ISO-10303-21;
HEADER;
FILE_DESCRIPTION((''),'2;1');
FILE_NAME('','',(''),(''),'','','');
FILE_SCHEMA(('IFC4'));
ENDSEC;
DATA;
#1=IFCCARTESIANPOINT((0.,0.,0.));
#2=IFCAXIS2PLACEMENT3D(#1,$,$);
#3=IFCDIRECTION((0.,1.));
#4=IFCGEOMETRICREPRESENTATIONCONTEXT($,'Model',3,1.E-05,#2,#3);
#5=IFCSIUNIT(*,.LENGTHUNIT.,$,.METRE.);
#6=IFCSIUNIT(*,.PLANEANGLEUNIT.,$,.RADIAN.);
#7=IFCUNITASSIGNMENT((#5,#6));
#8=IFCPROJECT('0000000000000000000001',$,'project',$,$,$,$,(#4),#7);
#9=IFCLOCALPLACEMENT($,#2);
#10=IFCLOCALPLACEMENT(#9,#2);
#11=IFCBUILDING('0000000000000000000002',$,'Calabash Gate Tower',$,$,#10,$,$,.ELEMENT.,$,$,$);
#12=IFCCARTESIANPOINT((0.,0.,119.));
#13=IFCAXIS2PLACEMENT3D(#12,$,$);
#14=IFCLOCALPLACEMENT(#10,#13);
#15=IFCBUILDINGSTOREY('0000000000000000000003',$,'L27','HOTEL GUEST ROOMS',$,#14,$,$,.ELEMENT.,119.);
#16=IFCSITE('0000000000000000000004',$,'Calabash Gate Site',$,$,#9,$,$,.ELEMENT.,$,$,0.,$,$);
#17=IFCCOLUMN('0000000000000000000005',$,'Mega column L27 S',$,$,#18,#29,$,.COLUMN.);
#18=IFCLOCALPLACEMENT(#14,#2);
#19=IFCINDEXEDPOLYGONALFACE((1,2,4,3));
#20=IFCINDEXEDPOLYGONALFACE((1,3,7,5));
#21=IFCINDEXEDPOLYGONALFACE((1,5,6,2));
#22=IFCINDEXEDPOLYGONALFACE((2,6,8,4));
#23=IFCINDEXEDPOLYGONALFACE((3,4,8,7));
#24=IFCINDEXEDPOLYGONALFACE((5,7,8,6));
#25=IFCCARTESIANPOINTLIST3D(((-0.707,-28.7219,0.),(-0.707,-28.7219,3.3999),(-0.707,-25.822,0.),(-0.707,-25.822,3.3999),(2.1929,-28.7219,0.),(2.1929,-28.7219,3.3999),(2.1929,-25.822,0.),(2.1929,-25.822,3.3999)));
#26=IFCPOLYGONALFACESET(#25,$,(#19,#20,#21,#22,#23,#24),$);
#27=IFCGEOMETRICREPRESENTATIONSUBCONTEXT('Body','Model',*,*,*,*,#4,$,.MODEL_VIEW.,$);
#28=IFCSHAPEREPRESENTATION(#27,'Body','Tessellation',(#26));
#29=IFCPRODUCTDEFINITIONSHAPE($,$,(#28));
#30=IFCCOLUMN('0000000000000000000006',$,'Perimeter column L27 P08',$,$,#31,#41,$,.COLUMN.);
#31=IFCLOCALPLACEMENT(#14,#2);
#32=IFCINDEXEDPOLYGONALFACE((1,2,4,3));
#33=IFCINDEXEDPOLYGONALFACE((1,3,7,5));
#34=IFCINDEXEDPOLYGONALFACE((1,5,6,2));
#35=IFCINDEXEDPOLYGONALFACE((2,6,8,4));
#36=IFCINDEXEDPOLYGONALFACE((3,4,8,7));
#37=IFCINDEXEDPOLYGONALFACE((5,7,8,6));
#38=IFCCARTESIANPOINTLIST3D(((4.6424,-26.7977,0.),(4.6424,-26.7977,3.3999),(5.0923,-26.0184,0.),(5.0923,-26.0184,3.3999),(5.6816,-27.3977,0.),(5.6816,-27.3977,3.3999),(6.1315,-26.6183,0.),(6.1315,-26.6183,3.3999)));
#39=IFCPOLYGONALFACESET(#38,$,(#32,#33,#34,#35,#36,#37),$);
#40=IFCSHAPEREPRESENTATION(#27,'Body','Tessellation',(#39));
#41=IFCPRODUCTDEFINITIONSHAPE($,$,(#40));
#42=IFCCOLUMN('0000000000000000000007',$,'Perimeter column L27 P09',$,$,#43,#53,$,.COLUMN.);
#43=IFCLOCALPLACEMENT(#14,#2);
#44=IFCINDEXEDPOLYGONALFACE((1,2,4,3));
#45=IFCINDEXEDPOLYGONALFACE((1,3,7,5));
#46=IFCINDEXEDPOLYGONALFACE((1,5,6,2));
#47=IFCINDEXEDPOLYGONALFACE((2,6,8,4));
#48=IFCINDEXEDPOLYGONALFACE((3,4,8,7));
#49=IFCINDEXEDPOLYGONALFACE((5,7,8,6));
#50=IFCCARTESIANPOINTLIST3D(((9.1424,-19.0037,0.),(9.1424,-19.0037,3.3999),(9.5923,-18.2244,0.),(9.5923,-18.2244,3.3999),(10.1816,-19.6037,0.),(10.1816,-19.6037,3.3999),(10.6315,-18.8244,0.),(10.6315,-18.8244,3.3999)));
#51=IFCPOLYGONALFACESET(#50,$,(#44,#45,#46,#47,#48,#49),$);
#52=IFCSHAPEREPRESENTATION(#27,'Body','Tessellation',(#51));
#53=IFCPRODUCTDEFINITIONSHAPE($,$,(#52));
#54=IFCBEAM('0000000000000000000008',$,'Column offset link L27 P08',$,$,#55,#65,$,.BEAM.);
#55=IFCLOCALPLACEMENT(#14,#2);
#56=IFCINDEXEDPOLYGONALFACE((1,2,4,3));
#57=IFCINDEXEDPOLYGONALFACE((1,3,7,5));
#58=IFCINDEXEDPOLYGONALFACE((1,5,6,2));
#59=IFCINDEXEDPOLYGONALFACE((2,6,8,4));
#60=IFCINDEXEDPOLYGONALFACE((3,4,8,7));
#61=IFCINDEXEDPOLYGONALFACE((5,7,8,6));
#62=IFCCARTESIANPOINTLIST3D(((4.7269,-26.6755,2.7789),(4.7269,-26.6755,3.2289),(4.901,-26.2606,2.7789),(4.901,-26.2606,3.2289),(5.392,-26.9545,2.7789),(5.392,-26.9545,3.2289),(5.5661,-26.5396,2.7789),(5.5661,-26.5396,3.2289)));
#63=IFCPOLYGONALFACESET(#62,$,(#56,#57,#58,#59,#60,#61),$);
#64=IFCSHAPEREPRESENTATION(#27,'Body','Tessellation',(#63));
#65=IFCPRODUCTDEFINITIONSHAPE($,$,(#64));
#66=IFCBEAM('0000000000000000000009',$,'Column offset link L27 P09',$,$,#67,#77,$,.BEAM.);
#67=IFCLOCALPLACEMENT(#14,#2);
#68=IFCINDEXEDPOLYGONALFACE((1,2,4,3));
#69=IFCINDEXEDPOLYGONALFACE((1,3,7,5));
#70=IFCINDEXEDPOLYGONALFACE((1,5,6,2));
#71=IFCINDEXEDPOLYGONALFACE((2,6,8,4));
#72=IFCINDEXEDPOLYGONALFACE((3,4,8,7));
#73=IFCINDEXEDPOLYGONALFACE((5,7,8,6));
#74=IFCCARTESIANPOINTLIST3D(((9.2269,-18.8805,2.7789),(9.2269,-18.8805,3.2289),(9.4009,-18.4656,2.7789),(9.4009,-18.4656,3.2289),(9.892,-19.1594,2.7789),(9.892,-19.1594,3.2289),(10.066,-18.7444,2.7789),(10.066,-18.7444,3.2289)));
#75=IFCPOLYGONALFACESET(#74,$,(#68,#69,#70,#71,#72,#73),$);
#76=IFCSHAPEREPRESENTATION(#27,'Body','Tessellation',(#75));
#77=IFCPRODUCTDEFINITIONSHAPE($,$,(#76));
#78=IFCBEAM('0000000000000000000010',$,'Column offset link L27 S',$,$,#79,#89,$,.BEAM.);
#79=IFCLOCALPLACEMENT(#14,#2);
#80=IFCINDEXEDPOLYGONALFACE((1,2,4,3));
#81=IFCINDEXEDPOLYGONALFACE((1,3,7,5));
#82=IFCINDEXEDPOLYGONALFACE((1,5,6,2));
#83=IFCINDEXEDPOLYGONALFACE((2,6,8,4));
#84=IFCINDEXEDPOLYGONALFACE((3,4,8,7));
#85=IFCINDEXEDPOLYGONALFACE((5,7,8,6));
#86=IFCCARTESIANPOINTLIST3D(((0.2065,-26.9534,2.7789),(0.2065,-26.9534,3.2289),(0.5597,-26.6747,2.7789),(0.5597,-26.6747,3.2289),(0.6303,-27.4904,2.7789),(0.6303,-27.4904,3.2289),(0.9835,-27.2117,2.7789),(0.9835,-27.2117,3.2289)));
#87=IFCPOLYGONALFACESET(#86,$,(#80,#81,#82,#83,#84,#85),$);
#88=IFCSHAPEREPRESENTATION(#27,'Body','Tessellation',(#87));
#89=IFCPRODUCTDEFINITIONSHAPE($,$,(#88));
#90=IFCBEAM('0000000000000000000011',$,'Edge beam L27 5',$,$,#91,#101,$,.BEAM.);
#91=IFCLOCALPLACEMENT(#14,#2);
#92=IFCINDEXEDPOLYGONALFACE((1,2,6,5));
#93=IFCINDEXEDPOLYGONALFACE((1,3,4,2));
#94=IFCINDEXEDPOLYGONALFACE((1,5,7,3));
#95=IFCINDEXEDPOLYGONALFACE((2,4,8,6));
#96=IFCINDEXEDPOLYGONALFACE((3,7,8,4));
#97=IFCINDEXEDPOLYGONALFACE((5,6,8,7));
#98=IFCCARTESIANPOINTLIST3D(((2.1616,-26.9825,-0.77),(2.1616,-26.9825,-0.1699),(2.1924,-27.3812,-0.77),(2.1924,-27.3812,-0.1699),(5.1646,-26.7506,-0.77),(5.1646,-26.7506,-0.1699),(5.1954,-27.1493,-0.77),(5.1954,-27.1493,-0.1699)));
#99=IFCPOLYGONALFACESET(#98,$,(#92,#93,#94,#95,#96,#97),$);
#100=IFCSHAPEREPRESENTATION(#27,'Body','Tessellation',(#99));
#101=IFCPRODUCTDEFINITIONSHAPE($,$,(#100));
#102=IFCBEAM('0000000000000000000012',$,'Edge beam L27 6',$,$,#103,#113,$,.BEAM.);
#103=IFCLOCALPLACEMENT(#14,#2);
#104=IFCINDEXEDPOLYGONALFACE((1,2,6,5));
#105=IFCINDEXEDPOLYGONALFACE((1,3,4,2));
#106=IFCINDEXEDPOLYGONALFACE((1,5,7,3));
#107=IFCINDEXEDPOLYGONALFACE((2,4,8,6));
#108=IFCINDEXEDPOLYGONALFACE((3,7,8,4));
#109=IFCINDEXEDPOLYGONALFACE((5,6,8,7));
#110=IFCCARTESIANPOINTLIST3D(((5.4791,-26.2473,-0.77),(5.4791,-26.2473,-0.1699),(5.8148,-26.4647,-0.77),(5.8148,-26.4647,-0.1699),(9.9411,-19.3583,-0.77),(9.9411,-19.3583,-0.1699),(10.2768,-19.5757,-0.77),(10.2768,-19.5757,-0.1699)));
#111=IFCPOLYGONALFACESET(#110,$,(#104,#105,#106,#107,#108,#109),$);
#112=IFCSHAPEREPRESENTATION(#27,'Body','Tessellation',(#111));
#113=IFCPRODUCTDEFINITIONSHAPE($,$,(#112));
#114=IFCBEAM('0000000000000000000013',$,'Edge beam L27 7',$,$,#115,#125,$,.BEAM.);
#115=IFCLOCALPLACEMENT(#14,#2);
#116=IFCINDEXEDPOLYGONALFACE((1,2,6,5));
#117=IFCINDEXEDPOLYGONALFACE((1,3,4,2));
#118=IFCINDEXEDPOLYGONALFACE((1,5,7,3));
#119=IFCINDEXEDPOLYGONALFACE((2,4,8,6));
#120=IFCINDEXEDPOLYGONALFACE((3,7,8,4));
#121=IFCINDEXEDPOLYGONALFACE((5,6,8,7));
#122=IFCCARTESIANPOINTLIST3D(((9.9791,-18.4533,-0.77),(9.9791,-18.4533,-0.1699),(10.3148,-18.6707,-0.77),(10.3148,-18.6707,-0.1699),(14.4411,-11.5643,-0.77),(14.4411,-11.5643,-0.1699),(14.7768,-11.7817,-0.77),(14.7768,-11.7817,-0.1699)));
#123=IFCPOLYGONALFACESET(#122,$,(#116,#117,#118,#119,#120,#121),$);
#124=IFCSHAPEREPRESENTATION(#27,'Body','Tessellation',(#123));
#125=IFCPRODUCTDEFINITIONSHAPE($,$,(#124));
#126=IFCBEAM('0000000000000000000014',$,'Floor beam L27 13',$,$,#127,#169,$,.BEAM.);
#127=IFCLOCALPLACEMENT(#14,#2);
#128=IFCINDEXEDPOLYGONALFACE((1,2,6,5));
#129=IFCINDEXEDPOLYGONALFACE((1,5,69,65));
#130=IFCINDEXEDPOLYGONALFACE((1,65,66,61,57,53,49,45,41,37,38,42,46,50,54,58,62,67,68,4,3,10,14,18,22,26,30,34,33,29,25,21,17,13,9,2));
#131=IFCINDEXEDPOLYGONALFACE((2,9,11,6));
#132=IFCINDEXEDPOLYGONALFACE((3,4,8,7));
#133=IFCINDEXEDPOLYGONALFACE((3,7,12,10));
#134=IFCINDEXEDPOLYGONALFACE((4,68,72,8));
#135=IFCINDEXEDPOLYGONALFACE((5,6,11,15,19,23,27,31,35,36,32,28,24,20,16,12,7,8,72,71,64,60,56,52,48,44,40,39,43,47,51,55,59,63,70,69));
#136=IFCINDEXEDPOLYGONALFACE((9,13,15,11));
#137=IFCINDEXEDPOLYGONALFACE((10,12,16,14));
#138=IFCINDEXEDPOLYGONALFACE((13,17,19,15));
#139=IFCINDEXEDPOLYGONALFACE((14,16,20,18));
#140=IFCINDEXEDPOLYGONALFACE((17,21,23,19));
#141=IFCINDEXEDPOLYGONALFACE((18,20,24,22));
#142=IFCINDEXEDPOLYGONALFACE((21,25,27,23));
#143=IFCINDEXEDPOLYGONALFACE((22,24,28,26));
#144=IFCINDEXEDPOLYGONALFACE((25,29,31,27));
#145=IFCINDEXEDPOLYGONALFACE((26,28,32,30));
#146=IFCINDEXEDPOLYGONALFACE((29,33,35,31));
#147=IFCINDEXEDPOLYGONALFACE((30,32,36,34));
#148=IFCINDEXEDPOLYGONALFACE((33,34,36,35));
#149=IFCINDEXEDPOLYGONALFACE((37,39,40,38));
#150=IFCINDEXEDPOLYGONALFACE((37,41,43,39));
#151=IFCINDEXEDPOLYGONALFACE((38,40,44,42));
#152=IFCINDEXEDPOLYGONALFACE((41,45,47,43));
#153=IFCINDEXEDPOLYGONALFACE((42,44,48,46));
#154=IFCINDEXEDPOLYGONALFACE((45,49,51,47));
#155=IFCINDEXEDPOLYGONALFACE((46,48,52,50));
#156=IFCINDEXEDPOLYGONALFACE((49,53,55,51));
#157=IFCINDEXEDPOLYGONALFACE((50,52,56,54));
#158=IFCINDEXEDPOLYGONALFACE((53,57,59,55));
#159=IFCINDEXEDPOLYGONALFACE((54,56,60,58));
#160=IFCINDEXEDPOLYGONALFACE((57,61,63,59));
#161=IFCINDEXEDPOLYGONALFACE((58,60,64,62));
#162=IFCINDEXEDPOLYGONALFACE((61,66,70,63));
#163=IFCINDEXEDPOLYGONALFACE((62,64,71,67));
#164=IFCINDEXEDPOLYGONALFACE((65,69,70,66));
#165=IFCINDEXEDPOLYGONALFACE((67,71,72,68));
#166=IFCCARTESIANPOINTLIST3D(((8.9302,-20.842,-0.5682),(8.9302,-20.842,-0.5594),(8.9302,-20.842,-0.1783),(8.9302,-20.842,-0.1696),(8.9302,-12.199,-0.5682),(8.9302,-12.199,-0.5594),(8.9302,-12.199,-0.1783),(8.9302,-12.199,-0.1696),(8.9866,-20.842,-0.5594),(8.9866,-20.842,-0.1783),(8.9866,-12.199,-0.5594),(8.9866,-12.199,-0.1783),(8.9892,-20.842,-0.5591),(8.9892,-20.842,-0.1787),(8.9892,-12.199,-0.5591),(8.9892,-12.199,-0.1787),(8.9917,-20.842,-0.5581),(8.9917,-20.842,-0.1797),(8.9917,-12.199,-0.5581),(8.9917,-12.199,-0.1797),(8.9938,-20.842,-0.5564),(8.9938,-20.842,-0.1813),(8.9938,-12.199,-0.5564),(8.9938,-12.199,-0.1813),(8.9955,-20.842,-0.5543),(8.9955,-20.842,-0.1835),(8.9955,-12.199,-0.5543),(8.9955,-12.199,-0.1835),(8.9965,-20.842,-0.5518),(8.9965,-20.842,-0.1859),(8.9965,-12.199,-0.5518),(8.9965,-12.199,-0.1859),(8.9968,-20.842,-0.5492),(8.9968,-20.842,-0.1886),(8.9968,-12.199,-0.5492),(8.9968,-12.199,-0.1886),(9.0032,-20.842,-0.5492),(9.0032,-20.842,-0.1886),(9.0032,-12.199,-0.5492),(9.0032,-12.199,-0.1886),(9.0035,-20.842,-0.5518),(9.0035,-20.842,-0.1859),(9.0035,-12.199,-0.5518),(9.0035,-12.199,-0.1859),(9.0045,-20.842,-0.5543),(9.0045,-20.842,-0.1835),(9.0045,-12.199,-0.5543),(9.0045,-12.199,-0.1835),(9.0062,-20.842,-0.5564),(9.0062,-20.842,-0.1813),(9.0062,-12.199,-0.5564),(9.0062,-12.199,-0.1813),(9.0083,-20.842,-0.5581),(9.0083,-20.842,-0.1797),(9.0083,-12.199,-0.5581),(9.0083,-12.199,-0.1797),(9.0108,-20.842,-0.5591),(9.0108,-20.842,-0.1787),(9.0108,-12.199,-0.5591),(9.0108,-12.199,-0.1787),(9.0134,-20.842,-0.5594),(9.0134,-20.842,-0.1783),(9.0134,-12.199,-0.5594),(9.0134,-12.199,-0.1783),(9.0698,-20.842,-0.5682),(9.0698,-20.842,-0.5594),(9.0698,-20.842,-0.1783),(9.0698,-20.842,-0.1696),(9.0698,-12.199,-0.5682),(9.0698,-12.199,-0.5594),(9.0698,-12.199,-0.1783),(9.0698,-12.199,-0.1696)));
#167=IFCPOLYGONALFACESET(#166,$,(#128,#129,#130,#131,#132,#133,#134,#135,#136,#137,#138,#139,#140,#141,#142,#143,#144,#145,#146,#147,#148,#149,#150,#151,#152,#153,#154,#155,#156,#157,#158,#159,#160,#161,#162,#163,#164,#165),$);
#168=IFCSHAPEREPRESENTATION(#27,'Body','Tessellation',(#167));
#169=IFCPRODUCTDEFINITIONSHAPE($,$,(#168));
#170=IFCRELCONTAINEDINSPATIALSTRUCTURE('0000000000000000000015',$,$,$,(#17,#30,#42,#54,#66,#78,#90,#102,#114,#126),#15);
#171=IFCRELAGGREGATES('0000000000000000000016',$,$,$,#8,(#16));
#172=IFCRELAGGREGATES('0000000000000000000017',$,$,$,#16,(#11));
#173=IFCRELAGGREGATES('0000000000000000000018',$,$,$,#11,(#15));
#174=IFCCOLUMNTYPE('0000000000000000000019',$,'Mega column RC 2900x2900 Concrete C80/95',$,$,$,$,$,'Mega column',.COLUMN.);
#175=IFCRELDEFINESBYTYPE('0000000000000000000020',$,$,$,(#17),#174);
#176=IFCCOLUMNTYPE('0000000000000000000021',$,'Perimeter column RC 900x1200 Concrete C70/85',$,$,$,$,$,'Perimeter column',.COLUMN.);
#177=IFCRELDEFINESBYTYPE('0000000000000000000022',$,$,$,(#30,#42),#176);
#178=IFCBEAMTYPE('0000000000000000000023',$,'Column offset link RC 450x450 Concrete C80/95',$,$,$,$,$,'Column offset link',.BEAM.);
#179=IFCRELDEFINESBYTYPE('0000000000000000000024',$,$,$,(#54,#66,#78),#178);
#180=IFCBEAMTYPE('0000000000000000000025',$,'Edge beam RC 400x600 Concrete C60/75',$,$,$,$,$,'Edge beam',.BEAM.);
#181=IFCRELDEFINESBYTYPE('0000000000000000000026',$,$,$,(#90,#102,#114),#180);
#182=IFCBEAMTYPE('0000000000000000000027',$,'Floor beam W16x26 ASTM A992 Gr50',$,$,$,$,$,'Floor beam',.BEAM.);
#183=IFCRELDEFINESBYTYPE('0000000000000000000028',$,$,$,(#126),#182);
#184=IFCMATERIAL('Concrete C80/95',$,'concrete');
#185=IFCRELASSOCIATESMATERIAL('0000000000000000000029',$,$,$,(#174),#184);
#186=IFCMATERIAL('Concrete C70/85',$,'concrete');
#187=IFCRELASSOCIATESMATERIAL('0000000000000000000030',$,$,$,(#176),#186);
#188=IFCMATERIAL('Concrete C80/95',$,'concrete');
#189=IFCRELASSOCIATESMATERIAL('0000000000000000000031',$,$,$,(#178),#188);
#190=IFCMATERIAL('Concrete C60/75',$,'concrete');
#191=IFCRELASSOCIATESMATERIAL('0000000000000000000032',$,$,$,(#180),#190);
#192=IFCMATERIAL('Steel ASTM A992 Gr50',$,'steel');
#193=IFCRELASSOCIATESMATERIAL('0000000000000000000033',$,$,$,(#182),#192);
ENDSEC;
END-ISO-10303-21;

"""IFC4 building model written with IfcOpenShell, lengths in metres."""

from ifc_helpers import new_model, si_unit, direction, frame, origin, origin_2d, place, context, subcontext, project, spatial, rectangle, i_section, extrude, material, material_profile, profile_set, type_object, element, save


model = new_model("IFC4")

# Units and contexts
model_context = context("Model", 3, precision=1e-05, world=origin(), true_north=direction((0.0, 1.0)))
body_context = subcontext(model_context, "Body", "Model", "MODEL_VIEW")
ifc_project = project(units=[si_unit("LENGTHUNIT", "METRE"), si_unit("PLANEANGLEUNIT", "RADIAN")], contexts=[model_context])

# Site, building, storey
site_placement = place(None, origin())
site = spatial("IfcSite", under=ifc_project, at=site_placement, Name="Calabash Gate Site", CompositionType="ELEMENT", RefElevation=0.0)
building_placement = place(site_placement, origin())
building = spatial("IfcBuilding", under=site, at=building_placement, Name="Calabash Gate Tower", CompositionType="ELEMENT")
storey_placement = place(building_placement, frame((0.0, 0.0, 119.0)))
storey = spatial("IfcBuildingStorey", under=building, at=storey_placement, Name="L27", Description="HOTEL GUEST ROOMS", CompositionType="ELEMENT", Elevation=119.0)

# Columns
ifc_material_1 = material(Name="Concrete C80/95", Category="concrete")
ifc_material_profile_1 = material_profile(ifc_material_1, rectangle(XDim=2.8999, YDim=2.8999, at=origin_2d()))
ifc_profile_set_1 = profile_set([ifc_material_profile_1], Name="Concrete C80/95")
column_type_1 = type_object("IfcColumnType", Name="Mega column RC 2900x2900 Concrete C80/95", ElementType="Mega column", PredefinedType="COLUMN", material=ifc_profile_set_1)
column_placement = place(storey_placement, frame((0.7429, -27.272, 0.0), z_axis=(0.0, 0.0, 1.0), x_axis=(0.0, 1.0, 0.0)))
element("IfcColumn", 1, at=column_placement, inside=storey, type_object=column_type_1, Name="Mega column L27 S", PredefinedType="COLUMN", context=body_context, shape_type="SweptSolid", body=[
    extrude(rectangle(XDim=2.8999, YDim=2.8999, at=origin_2d()), origin(), (0.0, 0.0, 1.0), 3.3999),
])
ifc_material_2 = material(Name="Concrete C70/85", Category="concrete")
ifc_material_profile_2 = material_profile(ifc_material_2, rectangle(XDim=0.8999, YDim=1.2, at=origin_2d()))
ifc_profile_set_2 = profile_set([ifc_material_profile_2], Name="Concrete C70/85")
column_type_2 = type_object("IfcColumnType", Name="Perimeter column RC 900x1200 Concrete C70/85", ElementType="Perimeter column", PredefinedType="COLUMN", material=ifc_profile_set_2)
for number, where, z_axis, x_axis, name in (
    (2, (5.387, -26.708, 0.0), (0.0, 0.0, 1.0), (0.5, 0.866025, 0.0), "Perimeter column L27 P08"),
    (3, (9.887, -18.9141, 0.0), (0.0, 0.0, 1.0), (0.5, 0.866025, 0.0), "Perimeter column L27 P09"),
):
    element("IfcColumn", number, at=place(storey_placement, frame(where, z_axis=z_axis, x_axis=x_axis)), inside=storey, type_object=column_type_2, Name=name, PredefinedType="COLUMN", context=body_context, shape_type="SweptSolid", body=[
        extrude(rectangle(XDim=0.8999, YDim=1.2, at=origin_2d()), origin(), (0.0, 0.0, 1.0), 3.3999),
    ])

# Beams
ifc_material_3 = material(Name="Concrete C80/95", Category="concrete")
ifc_material_profile_3 = material_profile(ifc_material_3, rectangle(XDim=0.45, YDim=0.45, at=origin_2d()))
ifc_profile_set_3 = profile_set([ifc_material_profile_3], Name="Concrete C80/95")
beam_type_1 = type_object("IfcBeamType", Name="Column offset link RC 450x450 Concrete C80/95", ElementType="Column offset link", PredefinedType="BEAM", material=ifc_profile_set_3)
for number, where, z_axis, x_axis, name in (
    (4, (5.479, -26.7471, 3.0039), (-0.922113, 0.386922, 0.0), (-0.386922, -0.922113, 0.0), "Column offset link L27 P08"),
    (5, (9.979, -18.9519, 3.0039), (-0.922233, 0.386634, 0.0), (-0.386634, -0.922233, 0.0), "Column offset link L27 P09"),
):
    element("IfcBeam", number, at=place(storey_placement, frame(where, z_axis=z_axis, x_axis=x_axis)), inside=storey, type_object=beam_type_1, Name=name, PredefinedType="BEAM", context=body_context, shape_type="SweptSolid", body=[
        extrude(rectangle(XDim=0.45, YDim=0.45, at=origin_2d()), origin(), (0.0, 0.0, 1.0), 0.7212),
    ])
beam_1_placement = place(storey_placement, frame((0.8069, -27.3511, 3.0039), z_axis=(-0.619459, 0.785029, 0.0), x_axis=(-0.785029, -0.619459, 0.0)))
element("IfcBeam", 6, at=beam_1_placement, inside=storey, type_object=beam_type_1, Name="Column offset link L27 S", PredefinedType="BEAM", context=body_context, shape_type="SweptSolid", body=[
    extrude(rectangle(XDim=0.45, YDim=0.45, at=origin_2d()), origin(), (0.0, 0.0, 1.0), 0.6841),
])
ifc_material_4 = material(Name="Concrete C60/75", Category="concrete")
ifc_material_profile_4 = material_profile(ifc_material_4, rectangle(XDim=0.3999, YDim=0.6001, at=origin_2d()))
ifc_profile_set_4 = profile_set([ifc_material_profile_4], Name="Concrete C60/75")
beam_type_2 = type_object("IfcBeamType", Name="Edge beam RC 400x600 Concrete C60/75", ElementType="Edge beam", PredefinedType="BEAM", material=ifc_profile_set_4)
beam_2_placement = place(storey_placement, frame((2.177, -27.1819, -0.47), z_axis=(0.997031, 0.077006, 0.0), x_axis=(-0.077006, 0.997031, 0.0)))
element("IfcBeam", 7, at=beam_2_placement, inside=storey, type_object=beam_type_2, Name="Edge beam L27 5", PredefinedType="BEAM", context=body_context, shape_type="SweptSolid", body=[
    extrude(rectangle(XDim=0.3999, YDim=0.6001, at=origin_2d()), origin(), (0.0, 0.0, 1.0), 3.012),
])
for number, where, z_axis, x_axis, name in (
    (8, (5.647, -26.356, -0.47), (0.543627, 0.839327, 0.0), (-0.839327, 0.543627, 0.0), "Edge beam L27 6"),
    (9, (10.147, -18.562, -0.47), (0.543627, 0.839327, 0.0), (-0.839327, 0.543627, 0.0), "Edge beam L27 7"),
):
    element("IfcBeam", number, at=place(storey_placement, frame(where, z_axis=z_axis, x_axis=x_axis)), inside=storey, type_object=beam_type_2, Name=name, PredefinedType="BEAM", context=body_context, shape_type="SweptSolid", body=[
        extrude(rectangle(XDim=0.3999, YDim=0.6001, at=origin_2d()), origin(), (0.0, 0.0, 1.0), 8.2078),
    ])
ifc_material_5 = material(Name="Steel ASTM A992 Gr50", Category="steel")
ifc_material_profile_5 = material_profile(ifc_material_5, i_section(OverallWidth=0.1396, OverallDepth=0.3987, WebThickness=0.0063, FlangeThickness=0.0088, FilletRadius=0.0103, at=origin_2d()))
ifc_profile_set_5 = profile_set([ifc_material_profile_5], Name="Steel ASTM A992 Gr50")
beam_type_3 = type_object("IfcBeamType", Name="Floor beam W16x26 ASTM A992 Gr50", ElementType="Floor beam", PredefinedType="BEAM", material=ifc_profile_set_5)
beam_3_placement = place(storey_placement, frame((9.0, -20.842, -0.3689), z_axis=(0.0, 1.0, 0.0), x_axis=(-1.0, 0.0, 0.0)))
element("IfcBeam", 10, at=beam_3_placement, inside=storey, type_object=beam_type_3, Name="Floor beam L27 13", PredefinedType="BEAM", context=body_context, shape_type="SweptSolid", body=[
    extrude(i_section(OverallWidth=0.1396, OverallDepth=0.3987, WebThickness=0.0063, FlangeThickness=0.0088, FilletRadius=0.0103, at=origin_2d()), origin(), (0.0, 0.0, 1.0), 8.6431),
])

save(model, "model.ifc")
